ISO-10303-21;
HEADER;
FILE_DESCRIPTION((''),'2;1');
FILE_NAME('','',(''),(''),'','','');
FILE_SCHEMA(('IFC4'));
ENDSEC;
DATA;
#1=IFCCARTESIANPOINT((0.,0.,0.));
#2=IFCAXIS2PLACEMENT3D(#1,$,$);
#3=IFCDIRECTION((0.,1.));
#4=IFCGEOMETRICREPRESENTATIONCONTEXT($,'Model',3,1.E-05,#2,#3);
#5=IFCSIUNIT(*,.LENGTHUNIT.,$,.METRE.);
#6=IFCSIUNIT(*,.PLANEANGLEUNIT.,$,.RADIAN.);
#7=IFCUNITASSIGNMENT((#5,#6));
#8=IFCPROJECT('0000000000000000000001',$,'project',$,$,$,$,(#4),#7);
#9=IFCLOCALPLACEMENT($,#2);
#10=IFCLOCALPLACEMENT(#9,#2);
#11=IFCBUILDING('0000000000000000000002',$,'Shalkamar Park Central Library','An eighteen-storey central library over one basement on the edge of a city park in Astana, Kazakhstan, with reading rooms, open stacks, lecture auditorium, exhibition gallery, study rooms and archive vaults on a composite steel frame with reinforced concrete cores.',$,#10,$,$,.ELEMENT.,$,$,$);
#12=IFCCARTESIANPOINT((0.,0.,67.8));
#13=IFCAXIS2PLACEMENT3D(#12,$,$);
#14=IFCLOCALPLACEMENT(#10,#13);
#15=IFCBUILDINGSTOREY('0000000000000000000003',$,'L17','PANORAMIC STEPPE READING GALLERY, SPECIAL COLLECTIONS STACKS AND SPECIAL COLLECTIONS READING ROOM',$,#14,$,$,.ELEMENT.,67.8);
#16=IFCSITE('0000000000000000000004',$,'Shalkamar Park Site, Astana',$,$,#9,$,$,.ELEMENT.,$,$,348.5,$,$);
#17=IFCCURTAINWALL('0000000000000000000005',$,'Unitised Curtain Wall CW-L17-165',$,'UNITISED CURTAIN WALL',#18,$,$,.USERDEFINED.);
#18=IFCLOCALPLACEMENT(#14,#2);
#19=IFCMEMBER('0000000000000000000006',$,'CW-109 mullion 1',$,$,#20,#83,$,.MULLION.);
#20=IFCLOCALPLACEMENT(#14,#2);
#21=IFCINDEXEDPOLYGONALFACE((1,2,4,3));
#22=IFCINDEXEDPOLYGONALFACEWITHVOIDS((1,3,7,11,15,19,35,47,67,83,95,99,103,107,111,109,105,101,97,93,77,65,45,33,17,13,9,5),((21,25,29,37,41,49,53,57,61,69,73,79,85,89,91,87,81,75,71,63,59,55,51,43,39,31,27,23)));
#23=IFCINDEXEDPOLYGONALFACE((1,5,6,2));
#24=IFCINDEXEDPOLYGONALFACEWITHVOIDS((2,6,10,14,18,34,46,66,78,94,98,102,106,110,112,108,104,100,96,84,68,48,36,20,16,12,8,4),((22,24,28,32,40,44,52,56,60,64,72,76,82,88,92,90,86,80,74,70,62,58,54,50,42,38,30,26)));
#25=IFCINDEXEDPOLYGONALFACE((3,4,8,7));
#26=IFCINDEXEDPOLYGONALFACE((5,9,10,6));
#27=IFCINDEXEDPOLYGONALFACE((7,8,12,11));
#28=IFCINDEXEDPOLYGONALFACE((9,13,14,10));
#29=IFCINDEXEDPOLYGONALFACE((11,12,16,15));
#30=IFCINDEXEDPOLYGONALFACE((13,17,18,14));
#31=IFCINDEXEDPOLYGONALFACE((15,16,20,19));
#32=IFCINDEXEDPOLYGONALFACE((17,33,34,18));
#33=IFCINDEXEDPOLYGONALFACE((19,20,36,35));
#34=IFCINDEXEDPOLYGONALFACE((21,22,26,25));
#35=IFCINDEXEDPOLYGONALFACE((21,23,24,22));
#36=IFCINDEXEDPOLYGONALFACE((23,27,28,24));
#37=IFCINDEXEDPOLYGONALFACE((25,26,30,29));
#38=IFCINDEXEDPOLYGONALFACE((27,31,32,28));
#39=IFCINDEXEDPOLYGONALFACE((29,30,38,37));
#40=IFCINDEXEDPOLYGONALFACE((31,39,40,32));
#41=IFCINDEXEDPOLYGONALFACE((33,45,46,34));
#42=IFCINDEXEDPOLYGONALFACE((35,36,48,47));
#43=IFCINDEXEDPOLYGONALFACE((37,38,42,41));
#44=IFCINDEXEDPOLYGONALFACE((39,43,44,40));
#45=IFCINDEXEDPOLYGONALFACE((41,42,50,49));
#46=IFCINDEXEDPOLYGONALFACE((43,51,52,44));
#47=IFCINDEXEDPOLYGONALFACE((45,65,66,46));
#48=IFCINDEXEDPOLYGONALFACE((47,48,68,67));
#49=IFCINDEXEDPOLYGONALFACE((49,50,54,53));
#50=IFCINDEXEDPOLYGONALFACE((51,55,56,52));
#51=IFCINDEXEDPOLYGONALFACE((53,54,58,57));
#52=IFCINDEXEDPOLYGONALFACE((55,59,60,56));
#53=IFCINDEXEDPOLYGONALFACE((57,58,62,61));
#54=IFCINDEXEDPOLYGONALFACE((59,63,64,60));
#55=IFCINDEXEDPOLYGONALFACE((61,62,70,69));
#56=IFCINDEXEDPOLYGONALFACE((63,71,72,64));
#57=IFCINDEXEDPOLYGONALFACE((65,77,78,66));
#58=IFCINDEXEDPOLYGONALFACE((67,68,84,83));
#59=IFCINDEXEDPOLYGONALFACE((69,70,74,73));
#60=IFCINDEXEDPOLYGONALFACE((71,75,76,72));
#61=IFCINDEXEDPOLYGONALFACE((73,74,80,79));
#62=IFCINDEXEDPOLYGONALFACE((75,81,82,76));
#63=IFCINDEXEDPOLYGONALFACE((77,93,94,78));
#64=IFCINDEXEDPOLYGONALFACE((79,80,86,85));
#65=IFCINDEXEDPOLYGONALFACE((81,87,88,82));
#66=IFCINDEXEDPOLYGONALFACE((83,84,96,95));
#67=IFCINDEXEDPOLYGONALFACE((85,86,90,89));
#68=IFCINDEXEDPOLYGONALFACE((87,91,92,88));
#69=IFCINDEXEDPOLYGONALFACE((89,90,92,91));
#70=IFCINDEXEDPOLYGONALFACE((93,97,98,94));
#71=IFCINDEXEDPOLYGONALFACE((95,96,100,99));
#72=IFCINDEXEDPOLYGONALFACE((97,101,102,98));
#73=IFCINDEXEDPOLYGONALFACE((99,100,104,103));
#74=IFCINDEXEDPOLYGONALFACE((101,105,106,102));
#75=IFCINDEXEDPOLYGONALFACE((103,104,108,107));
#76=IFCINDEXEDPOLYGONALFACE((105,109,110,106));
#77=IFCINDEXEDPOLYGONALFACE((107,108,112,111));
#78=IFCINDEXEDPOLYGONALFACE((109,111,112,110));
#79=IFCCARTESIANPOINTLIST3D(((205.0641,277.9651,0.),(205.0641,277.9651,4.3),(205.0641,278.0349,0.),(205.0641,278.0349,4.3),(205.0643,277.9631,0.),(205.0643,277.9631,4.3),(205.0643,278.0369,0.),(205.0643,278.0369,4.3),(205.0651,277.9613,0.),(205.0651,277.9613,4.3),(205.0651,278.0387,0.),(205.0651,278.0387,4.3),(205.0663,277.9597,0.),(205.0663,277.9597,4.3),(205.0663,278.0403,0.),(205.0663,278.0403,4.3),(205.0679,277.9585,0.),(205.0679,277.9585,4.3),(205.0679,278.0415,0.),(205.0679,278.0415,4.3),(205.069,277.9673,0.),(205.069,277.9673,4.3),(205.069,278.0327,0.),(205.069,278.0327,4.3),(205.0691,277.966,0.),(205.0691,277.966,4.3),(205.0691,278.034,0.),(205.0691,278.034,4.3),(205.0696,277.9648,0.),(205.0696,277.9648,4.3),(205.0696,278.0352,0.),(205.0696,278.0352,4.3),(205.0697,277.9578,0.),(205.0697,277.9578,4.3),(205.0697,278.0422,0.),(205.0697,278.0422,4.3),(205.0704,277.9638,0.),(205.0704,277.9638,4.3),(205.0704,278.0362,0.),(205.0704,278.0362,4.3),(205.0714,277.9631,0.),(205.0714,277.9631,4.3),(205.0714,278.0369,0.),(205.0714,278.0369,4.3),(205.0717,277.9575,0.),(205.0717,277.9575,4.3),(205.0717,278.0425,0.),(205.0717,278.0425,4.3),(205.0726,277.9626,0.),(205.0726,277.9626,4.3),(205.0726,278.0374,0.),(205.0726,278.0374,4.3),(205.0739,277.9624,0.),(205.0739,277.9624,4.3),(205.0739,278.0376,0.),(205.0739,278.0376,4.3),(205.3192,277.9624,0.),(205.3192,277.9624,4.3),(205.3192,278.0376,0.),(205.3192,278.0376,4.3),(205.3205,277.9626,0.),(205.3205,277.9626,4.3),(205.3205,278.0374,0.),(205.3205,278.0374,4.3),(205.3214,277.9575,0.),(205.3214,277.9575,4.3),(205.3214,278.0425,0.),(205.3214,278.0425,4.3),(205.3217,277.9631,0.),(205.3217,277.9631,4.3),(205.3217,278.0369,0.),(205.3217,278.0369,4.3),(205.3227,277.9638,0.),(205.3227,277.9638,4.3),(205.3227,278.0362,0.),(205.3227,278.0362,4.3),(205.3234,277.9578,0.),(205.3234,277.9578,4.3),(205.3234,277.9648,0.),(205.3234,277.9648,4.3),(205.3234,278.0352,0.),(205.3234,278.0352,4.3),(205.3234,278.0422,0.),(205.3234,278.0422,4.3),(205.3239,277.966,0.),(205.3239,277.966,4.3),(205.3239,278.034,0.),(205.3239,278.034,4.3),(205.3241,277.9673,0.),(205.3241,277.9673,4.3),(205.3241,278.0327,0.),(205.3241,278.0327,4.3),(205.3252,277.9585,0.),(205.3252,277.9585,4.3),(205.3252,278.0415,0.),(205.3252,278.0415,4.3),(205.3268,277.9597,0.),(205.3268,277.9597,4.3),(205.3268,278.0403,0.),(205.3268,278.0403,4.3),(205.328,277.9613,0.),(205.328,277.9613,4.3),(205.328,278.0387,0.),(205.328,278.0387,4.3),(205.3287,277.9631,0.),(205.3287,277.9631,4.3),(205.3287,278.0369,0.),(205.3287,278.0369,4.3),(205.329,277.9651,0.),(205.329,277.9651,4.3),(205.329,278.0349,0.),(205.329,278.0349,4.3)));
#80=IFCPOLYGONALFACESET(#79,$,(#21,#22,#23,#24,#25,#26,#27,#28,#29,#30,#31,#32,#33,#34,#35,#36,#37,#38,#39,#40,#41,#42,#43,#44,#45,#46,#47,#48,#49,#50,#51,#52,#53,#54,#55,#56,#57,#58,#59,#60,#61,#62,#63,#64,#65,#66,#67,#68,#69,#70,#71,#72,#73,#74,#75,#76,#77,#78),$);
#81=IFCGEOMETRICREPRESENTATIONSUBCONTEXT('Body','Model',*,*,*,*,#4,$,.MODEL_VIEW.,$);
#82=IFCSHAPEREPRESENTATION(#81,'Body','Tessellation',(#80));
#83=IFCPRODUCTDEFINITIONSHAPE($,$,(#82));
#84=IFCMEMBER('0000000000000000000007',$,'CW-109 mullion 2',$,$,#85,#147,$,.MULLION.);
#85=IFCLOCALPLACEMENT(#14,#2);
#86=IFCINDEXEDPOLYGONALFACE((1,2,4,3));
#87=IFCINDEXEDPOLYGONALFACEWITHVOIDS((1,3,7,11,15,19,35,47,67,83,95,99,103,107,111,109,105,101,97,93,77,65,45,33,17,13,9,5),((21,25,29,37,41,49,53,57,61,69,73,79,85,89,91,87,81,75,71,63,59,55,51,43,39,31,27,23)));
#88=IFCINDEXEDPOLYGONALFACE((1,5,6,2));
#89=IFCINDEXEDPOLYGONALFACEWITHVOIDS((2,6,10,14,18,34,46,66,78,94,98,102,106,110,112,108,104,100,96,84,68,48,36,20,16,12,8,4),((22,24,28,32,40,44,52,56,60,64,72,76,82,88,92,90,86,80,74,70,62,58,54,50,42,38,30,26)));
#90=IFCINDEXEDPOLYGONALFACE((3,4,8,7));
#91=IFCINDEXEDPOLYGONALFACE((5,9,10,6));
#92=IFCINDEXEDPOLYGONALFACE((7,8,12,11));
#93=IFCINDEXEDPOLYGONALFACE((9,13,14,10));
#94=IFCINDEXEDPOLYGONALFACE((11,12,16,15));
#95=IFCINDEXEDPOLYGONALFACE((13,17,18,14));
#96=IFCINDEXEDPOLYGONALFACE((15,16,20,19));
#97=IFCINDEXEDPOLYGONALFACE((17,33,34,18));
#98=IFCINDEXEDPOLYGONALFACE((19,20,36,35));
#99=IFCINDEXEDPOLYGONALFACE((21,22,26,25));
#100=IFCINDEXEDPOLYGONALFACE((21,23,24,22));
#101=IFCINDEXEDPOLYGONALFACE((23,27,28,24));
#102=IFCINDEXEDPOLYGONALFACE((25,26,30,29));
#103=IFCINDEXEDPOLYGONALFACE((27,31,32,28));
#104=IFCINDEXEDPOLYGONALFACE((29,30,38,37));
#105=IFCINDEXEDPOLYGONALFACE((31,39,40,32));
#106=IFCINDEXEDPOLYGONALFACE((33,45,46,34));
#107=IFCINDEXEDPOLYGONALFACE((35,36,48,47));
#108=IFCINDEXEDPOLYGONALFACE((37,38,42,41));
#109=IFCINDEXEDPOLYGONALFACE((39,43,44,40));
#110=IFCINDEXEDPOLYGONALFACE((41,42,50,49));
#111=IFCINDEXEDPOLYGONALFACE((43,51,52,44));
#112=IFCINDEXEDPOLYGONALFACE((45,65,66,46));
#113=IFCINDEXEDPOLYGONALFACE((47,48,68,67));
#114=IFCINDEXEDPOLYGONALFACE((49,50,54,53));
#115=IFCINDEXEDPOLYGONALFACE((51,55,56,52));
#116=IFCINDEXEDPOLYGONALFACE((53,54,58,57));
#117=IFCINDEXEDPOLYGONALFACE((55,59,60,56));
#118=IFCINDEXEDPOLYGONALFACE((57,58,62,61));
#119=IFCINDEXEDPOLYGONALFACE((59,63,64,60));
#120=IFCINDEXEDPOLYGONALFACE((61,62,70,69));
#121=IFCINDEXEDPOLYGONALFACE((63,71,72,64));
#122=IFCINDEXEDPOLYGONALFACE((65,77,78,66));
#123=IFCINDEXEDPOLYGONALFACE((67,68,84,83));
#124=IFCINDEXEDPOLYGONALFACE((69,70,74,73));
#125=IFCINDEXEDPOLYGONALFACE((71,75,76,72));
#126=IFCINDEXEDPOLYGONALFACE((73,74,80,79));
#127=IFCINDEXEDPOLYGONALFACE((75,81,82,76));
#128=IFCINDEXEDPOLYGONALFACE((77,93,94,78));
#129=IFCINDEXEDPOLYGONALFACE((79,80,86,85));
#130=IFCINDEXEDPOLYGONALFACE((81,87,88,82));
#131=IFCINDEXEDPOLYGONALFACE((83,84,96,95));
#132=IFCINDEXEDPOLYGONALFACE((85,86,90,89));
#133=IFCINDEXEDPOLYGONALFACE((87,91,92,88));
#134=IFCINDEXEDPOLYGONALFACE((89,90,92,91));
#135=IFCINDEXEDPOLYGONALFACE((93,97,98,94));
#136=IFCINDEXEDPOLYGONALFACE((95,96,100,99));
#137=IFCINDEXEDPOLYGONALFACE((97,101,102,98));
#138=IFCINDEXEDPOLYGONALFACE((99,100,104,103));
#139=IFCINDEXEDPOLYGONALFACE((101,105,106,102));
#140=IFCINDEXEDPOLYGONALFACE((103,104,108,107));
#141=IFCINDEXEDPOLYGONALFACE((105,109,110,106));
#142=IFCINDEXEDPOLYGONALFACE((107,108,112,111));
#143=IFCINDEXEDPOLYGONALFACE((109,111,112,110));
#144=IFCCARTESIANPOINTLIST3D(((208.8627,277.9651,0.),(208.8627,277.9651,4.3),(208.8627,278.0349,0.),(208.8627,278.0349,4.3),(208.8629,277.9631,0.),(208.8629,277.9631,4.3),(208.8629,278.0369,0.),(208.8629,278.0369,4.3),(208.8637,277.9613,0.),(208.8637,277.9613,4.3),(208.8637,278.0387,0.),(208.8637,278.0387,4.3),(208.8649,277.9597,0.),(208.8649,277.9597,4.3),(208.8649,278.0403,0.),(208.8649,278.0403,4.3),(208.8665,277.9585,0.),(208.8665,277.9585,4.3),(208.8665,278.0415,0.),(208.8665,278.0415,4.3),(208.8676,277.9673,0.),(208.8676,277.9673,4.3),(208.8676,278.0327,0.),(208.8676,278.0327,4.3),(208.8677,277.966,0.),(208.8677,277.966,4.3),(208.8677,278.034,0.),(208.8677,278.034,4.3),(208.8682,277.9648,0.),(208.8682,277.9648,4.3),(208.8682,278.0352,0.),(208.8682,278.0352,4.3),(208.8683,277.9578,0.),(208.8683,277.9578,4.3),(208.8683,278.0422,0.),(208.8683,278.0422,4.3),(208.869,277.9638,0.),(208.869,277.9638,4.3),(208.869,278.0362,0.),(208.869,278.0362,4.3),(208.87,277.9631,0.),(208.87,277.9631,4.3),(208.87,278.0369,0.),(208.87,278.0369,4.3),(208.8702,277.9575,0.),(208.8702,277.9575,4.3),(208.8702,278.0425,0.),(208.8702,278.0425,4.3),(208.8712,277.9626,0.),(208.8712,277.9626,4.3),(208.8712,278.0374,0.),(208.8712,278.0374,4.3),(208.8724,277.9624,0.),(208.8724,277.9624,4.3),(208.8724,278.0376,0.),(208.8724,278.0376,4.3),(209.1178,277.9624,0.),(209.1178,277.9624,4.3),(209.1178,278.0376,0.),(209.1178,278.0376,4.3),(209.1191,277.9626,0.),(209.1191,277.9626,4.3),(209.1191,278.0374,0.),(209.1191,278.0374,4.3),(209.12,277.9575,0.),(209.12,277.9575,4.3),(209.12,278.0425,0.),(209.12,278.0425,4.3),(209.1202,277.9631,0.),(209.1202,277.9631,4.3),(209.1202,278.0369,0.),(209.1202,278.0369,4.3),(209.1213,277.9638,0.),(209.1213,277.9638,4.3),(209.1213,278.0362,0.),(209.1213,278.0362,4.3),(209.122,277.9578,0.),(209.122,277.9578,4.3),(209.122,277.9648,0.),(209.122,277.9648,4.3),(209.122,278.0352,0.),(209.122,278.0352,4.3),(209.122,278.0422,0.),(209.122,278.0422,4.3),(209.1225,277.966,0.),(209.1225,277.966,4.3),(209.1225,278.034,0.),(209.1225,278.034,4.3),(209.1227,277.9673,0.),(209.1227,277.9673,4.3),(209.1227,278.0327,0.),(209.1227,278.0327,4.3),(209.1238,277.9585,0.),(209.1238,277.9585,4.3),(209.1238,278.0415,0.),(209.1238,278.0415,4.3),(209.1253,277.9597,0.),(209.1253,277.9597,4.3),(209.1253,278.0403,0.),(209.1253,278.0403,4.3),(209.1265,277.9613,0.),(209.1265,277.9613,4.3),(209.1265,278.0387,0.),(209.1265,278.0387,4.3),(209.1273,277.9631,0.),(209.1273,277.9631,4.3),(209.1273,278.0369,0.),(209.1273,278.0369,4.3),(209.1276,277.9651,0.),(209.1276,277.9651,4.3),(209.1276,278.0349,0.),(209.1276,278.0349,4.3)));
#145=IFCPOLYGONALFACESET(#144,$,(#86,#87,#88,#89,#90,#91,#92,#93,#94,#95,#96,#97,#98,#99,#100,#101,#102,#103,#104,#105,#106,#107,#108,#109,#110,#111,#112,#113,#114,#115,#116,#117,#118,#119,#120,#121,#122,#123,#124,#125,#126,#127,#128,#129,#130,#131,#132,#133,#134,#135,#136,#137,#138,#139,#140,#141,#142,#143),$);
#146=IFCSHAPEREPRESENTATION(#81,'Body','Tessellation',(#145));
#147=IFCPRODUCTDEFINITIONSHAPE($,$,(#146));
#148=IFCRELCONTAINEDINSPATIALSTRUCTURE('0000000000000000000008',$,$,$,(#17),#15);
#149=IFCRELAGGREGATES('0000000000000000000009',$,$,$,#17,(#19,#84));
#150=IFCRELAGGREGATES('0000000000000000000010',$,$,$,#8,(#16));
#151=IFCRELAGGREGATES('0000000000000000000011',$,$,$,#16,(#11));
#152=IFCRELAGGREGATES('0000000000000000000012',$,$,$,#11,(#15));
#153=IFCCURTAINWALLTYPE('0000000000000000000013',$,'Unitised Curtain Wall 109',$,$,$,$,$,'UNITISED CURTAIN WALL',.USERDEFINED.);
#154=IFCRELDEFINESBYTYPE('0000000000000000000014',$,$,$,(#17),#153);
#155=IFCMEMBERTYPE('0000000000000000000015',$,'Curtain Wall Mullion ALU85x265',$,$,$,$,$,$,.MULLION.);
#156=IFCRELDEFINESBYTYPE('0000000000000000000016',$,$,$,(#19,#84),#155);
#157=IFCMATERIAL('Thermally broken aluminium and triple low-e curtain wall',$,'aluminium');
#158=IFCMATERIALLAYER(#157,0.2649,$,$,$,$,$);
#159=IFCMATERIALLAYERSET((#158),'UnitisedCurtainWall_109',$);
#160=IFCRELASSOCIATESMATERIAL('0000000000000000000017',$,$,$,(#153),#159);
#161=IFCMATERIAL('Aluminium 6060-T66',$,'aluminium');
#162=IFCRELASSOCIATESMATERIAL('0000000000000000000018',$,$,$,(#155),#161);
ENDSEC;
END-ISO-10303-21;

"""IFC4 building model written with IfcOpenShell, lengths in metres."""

from ifc_helpers import new_model, si_unit, direction, frame, origin, origin_2d, place, context, subcontext, project, spatial, hollow_rectangle, extrude, material, layer, layer_set, material_profile, profile_set, type_object, element, aggregate, save


model = new_model("IFC4")

# Units and contexts
model_context = context("Model", 3, precision=1e-05, world=origin(), true_north=direction((0.0, 1.0)))
body_context = subcontext(model_context, "Body", "Model", "MODEL_VIEW")
ifc_project = project(units=[si_unit("LENGTHUNIT", "METRE"), si_unit("PLANEANGLEUNIT", "RADIAN")], contexts=[model_context])

# Site, building, storey
site_placement = place(None, origin())
site = spatial("IfcSite", under=ifc_project, at=site_placement, Name="Shalkamar Park Site, Astana", CompositionType="ELEMENT", RefElevation=348.5)
building_placement = place(site_placement, origin())
building = spatial("IfcBuilding", under=site, at=building_placement, Name="Shalkamar Park Central Library", Description="An eighteen-storey central library over one basement on the edge of a city park in Astana, Kazakhstan, with reading rooms, open stacks, lecture auditorium, exhibition gallery, study rooms and archive vaults on a composite steel frame with reinforced concrete cores.", CompositionType="ELEMENT")
storey_placement = place(building_placement, frame((0.0, 0.0, 67.8)))
storey = spatial("IfcBuildingStorey", under=building, at=storey_placement, Name="L17", Description="PANORAMIC STEPPE READING GALLERY, SPECIAL COLLECTIONS STACKS AND SPECIAL COLLECTIONS READING ROOM", CompositionType="ELEMENT", Elevation=67.8)

# Shared definitions
ifc_material_1 = material(Name="Thermally broken aluminium and triple low-e curtain wall", Category="aluminium")
ifc_material_2 = material(Name="Aluminium 6060-T66", Category="aluminium")

# Curtain wall, members
ifc_layer_1 = layer(ifc_material_1, 0.2649)
ifc_layer_set_1 = layer_set([ifc_layer_1], Name="UnitisedCurtainWall_109")
curtain_wall_type_1 = type_object("IfcCurtainWallType", Name="Unitised Curtain Wall 109", ElementType="UNITISED CURTAIN WALL", PredefinedType="USERDEFINED", material=ifc_layer_set_1)
curtain_wall_1_placement = place(storey_placement, origin())
curtain_wall_1 = element("IfcCurtainWall", 1, at=curtain_wall_1_placement, inside=storey, type_object=curtain_wall_type_1, Name="Unitised Curtain Wall CW-L17-165", ObjectType="UNITISED CURTAIN WALL", PredefinedType="USERDEFINED")
ifc_material_profile_1 = material_profile(ifc_material_2, hollow_rectangle(XDim=0.085, YDim=0.2649, WallThickness=0.0049, InnerFilletRadius=0.0049, OuterFilletRadius=0.0076, at=origin_2d()), Name="ALU 85x265x5")
ifc_profile_set_1 = profile_set([ifc_material_profile_1], Name="Aluminium 6060-T66")
member_type_1 = type_object("IfcMemberType", Name="Curtain Wall Mullion ALU85x265", PredefinedType="MULLION", material=ifc_profile_set_1)
member_1_placement = place(storey_placement, frame((205.1965, 278.0, 0.0), z_axis=(0.0, 0.0, 1.0), x_axis=(0.0, 1.0, 0.0)))
member_1 = element("IfcMember", 2, at=member_1_placement, type_object=member_type_1, Name="CW-109 mullion 1", PredefinedType="MULLION", context=body_context, shape_type="SweptSolid", body=[
    extrude(hollow_rectangle(XDim=0.085, YDim=0.2649, WallThickness=0.0049, InnerFilletRadius=0.0049, OuterFilletRadius=0.0076, at=origin_2d()), origin(), (0.0, 0.0, 1.0), 4.3),
])
member_2_placement = place(storey_placement, frame((208.9951, 278.0, 0.0), z_axis=(0.0, 0.0, 1.0), x_axis=(0.0, 1.0, 0.0)))
member_2 = element("IfcMember", 3, at=member_2_placement, type_object=member_type_1, Name="CW-109 mullion 2", PredefinedType="MULLION", context=body_context, shape_type="SweptSolid", body=[
    extrude(hollow_rectangle(XDim=0.085, YDim=0.2649, WallThickness=0.0049, InnerFilletRadius=0.0049, OuterFilletRadius=0.0076, at=origin_2d()), origin(), (0.0, 0.0, 1.0), 4.3),
])

aggregate(curtain_wall_1, [member_1, member_2])

save(model, "model.ifc")
